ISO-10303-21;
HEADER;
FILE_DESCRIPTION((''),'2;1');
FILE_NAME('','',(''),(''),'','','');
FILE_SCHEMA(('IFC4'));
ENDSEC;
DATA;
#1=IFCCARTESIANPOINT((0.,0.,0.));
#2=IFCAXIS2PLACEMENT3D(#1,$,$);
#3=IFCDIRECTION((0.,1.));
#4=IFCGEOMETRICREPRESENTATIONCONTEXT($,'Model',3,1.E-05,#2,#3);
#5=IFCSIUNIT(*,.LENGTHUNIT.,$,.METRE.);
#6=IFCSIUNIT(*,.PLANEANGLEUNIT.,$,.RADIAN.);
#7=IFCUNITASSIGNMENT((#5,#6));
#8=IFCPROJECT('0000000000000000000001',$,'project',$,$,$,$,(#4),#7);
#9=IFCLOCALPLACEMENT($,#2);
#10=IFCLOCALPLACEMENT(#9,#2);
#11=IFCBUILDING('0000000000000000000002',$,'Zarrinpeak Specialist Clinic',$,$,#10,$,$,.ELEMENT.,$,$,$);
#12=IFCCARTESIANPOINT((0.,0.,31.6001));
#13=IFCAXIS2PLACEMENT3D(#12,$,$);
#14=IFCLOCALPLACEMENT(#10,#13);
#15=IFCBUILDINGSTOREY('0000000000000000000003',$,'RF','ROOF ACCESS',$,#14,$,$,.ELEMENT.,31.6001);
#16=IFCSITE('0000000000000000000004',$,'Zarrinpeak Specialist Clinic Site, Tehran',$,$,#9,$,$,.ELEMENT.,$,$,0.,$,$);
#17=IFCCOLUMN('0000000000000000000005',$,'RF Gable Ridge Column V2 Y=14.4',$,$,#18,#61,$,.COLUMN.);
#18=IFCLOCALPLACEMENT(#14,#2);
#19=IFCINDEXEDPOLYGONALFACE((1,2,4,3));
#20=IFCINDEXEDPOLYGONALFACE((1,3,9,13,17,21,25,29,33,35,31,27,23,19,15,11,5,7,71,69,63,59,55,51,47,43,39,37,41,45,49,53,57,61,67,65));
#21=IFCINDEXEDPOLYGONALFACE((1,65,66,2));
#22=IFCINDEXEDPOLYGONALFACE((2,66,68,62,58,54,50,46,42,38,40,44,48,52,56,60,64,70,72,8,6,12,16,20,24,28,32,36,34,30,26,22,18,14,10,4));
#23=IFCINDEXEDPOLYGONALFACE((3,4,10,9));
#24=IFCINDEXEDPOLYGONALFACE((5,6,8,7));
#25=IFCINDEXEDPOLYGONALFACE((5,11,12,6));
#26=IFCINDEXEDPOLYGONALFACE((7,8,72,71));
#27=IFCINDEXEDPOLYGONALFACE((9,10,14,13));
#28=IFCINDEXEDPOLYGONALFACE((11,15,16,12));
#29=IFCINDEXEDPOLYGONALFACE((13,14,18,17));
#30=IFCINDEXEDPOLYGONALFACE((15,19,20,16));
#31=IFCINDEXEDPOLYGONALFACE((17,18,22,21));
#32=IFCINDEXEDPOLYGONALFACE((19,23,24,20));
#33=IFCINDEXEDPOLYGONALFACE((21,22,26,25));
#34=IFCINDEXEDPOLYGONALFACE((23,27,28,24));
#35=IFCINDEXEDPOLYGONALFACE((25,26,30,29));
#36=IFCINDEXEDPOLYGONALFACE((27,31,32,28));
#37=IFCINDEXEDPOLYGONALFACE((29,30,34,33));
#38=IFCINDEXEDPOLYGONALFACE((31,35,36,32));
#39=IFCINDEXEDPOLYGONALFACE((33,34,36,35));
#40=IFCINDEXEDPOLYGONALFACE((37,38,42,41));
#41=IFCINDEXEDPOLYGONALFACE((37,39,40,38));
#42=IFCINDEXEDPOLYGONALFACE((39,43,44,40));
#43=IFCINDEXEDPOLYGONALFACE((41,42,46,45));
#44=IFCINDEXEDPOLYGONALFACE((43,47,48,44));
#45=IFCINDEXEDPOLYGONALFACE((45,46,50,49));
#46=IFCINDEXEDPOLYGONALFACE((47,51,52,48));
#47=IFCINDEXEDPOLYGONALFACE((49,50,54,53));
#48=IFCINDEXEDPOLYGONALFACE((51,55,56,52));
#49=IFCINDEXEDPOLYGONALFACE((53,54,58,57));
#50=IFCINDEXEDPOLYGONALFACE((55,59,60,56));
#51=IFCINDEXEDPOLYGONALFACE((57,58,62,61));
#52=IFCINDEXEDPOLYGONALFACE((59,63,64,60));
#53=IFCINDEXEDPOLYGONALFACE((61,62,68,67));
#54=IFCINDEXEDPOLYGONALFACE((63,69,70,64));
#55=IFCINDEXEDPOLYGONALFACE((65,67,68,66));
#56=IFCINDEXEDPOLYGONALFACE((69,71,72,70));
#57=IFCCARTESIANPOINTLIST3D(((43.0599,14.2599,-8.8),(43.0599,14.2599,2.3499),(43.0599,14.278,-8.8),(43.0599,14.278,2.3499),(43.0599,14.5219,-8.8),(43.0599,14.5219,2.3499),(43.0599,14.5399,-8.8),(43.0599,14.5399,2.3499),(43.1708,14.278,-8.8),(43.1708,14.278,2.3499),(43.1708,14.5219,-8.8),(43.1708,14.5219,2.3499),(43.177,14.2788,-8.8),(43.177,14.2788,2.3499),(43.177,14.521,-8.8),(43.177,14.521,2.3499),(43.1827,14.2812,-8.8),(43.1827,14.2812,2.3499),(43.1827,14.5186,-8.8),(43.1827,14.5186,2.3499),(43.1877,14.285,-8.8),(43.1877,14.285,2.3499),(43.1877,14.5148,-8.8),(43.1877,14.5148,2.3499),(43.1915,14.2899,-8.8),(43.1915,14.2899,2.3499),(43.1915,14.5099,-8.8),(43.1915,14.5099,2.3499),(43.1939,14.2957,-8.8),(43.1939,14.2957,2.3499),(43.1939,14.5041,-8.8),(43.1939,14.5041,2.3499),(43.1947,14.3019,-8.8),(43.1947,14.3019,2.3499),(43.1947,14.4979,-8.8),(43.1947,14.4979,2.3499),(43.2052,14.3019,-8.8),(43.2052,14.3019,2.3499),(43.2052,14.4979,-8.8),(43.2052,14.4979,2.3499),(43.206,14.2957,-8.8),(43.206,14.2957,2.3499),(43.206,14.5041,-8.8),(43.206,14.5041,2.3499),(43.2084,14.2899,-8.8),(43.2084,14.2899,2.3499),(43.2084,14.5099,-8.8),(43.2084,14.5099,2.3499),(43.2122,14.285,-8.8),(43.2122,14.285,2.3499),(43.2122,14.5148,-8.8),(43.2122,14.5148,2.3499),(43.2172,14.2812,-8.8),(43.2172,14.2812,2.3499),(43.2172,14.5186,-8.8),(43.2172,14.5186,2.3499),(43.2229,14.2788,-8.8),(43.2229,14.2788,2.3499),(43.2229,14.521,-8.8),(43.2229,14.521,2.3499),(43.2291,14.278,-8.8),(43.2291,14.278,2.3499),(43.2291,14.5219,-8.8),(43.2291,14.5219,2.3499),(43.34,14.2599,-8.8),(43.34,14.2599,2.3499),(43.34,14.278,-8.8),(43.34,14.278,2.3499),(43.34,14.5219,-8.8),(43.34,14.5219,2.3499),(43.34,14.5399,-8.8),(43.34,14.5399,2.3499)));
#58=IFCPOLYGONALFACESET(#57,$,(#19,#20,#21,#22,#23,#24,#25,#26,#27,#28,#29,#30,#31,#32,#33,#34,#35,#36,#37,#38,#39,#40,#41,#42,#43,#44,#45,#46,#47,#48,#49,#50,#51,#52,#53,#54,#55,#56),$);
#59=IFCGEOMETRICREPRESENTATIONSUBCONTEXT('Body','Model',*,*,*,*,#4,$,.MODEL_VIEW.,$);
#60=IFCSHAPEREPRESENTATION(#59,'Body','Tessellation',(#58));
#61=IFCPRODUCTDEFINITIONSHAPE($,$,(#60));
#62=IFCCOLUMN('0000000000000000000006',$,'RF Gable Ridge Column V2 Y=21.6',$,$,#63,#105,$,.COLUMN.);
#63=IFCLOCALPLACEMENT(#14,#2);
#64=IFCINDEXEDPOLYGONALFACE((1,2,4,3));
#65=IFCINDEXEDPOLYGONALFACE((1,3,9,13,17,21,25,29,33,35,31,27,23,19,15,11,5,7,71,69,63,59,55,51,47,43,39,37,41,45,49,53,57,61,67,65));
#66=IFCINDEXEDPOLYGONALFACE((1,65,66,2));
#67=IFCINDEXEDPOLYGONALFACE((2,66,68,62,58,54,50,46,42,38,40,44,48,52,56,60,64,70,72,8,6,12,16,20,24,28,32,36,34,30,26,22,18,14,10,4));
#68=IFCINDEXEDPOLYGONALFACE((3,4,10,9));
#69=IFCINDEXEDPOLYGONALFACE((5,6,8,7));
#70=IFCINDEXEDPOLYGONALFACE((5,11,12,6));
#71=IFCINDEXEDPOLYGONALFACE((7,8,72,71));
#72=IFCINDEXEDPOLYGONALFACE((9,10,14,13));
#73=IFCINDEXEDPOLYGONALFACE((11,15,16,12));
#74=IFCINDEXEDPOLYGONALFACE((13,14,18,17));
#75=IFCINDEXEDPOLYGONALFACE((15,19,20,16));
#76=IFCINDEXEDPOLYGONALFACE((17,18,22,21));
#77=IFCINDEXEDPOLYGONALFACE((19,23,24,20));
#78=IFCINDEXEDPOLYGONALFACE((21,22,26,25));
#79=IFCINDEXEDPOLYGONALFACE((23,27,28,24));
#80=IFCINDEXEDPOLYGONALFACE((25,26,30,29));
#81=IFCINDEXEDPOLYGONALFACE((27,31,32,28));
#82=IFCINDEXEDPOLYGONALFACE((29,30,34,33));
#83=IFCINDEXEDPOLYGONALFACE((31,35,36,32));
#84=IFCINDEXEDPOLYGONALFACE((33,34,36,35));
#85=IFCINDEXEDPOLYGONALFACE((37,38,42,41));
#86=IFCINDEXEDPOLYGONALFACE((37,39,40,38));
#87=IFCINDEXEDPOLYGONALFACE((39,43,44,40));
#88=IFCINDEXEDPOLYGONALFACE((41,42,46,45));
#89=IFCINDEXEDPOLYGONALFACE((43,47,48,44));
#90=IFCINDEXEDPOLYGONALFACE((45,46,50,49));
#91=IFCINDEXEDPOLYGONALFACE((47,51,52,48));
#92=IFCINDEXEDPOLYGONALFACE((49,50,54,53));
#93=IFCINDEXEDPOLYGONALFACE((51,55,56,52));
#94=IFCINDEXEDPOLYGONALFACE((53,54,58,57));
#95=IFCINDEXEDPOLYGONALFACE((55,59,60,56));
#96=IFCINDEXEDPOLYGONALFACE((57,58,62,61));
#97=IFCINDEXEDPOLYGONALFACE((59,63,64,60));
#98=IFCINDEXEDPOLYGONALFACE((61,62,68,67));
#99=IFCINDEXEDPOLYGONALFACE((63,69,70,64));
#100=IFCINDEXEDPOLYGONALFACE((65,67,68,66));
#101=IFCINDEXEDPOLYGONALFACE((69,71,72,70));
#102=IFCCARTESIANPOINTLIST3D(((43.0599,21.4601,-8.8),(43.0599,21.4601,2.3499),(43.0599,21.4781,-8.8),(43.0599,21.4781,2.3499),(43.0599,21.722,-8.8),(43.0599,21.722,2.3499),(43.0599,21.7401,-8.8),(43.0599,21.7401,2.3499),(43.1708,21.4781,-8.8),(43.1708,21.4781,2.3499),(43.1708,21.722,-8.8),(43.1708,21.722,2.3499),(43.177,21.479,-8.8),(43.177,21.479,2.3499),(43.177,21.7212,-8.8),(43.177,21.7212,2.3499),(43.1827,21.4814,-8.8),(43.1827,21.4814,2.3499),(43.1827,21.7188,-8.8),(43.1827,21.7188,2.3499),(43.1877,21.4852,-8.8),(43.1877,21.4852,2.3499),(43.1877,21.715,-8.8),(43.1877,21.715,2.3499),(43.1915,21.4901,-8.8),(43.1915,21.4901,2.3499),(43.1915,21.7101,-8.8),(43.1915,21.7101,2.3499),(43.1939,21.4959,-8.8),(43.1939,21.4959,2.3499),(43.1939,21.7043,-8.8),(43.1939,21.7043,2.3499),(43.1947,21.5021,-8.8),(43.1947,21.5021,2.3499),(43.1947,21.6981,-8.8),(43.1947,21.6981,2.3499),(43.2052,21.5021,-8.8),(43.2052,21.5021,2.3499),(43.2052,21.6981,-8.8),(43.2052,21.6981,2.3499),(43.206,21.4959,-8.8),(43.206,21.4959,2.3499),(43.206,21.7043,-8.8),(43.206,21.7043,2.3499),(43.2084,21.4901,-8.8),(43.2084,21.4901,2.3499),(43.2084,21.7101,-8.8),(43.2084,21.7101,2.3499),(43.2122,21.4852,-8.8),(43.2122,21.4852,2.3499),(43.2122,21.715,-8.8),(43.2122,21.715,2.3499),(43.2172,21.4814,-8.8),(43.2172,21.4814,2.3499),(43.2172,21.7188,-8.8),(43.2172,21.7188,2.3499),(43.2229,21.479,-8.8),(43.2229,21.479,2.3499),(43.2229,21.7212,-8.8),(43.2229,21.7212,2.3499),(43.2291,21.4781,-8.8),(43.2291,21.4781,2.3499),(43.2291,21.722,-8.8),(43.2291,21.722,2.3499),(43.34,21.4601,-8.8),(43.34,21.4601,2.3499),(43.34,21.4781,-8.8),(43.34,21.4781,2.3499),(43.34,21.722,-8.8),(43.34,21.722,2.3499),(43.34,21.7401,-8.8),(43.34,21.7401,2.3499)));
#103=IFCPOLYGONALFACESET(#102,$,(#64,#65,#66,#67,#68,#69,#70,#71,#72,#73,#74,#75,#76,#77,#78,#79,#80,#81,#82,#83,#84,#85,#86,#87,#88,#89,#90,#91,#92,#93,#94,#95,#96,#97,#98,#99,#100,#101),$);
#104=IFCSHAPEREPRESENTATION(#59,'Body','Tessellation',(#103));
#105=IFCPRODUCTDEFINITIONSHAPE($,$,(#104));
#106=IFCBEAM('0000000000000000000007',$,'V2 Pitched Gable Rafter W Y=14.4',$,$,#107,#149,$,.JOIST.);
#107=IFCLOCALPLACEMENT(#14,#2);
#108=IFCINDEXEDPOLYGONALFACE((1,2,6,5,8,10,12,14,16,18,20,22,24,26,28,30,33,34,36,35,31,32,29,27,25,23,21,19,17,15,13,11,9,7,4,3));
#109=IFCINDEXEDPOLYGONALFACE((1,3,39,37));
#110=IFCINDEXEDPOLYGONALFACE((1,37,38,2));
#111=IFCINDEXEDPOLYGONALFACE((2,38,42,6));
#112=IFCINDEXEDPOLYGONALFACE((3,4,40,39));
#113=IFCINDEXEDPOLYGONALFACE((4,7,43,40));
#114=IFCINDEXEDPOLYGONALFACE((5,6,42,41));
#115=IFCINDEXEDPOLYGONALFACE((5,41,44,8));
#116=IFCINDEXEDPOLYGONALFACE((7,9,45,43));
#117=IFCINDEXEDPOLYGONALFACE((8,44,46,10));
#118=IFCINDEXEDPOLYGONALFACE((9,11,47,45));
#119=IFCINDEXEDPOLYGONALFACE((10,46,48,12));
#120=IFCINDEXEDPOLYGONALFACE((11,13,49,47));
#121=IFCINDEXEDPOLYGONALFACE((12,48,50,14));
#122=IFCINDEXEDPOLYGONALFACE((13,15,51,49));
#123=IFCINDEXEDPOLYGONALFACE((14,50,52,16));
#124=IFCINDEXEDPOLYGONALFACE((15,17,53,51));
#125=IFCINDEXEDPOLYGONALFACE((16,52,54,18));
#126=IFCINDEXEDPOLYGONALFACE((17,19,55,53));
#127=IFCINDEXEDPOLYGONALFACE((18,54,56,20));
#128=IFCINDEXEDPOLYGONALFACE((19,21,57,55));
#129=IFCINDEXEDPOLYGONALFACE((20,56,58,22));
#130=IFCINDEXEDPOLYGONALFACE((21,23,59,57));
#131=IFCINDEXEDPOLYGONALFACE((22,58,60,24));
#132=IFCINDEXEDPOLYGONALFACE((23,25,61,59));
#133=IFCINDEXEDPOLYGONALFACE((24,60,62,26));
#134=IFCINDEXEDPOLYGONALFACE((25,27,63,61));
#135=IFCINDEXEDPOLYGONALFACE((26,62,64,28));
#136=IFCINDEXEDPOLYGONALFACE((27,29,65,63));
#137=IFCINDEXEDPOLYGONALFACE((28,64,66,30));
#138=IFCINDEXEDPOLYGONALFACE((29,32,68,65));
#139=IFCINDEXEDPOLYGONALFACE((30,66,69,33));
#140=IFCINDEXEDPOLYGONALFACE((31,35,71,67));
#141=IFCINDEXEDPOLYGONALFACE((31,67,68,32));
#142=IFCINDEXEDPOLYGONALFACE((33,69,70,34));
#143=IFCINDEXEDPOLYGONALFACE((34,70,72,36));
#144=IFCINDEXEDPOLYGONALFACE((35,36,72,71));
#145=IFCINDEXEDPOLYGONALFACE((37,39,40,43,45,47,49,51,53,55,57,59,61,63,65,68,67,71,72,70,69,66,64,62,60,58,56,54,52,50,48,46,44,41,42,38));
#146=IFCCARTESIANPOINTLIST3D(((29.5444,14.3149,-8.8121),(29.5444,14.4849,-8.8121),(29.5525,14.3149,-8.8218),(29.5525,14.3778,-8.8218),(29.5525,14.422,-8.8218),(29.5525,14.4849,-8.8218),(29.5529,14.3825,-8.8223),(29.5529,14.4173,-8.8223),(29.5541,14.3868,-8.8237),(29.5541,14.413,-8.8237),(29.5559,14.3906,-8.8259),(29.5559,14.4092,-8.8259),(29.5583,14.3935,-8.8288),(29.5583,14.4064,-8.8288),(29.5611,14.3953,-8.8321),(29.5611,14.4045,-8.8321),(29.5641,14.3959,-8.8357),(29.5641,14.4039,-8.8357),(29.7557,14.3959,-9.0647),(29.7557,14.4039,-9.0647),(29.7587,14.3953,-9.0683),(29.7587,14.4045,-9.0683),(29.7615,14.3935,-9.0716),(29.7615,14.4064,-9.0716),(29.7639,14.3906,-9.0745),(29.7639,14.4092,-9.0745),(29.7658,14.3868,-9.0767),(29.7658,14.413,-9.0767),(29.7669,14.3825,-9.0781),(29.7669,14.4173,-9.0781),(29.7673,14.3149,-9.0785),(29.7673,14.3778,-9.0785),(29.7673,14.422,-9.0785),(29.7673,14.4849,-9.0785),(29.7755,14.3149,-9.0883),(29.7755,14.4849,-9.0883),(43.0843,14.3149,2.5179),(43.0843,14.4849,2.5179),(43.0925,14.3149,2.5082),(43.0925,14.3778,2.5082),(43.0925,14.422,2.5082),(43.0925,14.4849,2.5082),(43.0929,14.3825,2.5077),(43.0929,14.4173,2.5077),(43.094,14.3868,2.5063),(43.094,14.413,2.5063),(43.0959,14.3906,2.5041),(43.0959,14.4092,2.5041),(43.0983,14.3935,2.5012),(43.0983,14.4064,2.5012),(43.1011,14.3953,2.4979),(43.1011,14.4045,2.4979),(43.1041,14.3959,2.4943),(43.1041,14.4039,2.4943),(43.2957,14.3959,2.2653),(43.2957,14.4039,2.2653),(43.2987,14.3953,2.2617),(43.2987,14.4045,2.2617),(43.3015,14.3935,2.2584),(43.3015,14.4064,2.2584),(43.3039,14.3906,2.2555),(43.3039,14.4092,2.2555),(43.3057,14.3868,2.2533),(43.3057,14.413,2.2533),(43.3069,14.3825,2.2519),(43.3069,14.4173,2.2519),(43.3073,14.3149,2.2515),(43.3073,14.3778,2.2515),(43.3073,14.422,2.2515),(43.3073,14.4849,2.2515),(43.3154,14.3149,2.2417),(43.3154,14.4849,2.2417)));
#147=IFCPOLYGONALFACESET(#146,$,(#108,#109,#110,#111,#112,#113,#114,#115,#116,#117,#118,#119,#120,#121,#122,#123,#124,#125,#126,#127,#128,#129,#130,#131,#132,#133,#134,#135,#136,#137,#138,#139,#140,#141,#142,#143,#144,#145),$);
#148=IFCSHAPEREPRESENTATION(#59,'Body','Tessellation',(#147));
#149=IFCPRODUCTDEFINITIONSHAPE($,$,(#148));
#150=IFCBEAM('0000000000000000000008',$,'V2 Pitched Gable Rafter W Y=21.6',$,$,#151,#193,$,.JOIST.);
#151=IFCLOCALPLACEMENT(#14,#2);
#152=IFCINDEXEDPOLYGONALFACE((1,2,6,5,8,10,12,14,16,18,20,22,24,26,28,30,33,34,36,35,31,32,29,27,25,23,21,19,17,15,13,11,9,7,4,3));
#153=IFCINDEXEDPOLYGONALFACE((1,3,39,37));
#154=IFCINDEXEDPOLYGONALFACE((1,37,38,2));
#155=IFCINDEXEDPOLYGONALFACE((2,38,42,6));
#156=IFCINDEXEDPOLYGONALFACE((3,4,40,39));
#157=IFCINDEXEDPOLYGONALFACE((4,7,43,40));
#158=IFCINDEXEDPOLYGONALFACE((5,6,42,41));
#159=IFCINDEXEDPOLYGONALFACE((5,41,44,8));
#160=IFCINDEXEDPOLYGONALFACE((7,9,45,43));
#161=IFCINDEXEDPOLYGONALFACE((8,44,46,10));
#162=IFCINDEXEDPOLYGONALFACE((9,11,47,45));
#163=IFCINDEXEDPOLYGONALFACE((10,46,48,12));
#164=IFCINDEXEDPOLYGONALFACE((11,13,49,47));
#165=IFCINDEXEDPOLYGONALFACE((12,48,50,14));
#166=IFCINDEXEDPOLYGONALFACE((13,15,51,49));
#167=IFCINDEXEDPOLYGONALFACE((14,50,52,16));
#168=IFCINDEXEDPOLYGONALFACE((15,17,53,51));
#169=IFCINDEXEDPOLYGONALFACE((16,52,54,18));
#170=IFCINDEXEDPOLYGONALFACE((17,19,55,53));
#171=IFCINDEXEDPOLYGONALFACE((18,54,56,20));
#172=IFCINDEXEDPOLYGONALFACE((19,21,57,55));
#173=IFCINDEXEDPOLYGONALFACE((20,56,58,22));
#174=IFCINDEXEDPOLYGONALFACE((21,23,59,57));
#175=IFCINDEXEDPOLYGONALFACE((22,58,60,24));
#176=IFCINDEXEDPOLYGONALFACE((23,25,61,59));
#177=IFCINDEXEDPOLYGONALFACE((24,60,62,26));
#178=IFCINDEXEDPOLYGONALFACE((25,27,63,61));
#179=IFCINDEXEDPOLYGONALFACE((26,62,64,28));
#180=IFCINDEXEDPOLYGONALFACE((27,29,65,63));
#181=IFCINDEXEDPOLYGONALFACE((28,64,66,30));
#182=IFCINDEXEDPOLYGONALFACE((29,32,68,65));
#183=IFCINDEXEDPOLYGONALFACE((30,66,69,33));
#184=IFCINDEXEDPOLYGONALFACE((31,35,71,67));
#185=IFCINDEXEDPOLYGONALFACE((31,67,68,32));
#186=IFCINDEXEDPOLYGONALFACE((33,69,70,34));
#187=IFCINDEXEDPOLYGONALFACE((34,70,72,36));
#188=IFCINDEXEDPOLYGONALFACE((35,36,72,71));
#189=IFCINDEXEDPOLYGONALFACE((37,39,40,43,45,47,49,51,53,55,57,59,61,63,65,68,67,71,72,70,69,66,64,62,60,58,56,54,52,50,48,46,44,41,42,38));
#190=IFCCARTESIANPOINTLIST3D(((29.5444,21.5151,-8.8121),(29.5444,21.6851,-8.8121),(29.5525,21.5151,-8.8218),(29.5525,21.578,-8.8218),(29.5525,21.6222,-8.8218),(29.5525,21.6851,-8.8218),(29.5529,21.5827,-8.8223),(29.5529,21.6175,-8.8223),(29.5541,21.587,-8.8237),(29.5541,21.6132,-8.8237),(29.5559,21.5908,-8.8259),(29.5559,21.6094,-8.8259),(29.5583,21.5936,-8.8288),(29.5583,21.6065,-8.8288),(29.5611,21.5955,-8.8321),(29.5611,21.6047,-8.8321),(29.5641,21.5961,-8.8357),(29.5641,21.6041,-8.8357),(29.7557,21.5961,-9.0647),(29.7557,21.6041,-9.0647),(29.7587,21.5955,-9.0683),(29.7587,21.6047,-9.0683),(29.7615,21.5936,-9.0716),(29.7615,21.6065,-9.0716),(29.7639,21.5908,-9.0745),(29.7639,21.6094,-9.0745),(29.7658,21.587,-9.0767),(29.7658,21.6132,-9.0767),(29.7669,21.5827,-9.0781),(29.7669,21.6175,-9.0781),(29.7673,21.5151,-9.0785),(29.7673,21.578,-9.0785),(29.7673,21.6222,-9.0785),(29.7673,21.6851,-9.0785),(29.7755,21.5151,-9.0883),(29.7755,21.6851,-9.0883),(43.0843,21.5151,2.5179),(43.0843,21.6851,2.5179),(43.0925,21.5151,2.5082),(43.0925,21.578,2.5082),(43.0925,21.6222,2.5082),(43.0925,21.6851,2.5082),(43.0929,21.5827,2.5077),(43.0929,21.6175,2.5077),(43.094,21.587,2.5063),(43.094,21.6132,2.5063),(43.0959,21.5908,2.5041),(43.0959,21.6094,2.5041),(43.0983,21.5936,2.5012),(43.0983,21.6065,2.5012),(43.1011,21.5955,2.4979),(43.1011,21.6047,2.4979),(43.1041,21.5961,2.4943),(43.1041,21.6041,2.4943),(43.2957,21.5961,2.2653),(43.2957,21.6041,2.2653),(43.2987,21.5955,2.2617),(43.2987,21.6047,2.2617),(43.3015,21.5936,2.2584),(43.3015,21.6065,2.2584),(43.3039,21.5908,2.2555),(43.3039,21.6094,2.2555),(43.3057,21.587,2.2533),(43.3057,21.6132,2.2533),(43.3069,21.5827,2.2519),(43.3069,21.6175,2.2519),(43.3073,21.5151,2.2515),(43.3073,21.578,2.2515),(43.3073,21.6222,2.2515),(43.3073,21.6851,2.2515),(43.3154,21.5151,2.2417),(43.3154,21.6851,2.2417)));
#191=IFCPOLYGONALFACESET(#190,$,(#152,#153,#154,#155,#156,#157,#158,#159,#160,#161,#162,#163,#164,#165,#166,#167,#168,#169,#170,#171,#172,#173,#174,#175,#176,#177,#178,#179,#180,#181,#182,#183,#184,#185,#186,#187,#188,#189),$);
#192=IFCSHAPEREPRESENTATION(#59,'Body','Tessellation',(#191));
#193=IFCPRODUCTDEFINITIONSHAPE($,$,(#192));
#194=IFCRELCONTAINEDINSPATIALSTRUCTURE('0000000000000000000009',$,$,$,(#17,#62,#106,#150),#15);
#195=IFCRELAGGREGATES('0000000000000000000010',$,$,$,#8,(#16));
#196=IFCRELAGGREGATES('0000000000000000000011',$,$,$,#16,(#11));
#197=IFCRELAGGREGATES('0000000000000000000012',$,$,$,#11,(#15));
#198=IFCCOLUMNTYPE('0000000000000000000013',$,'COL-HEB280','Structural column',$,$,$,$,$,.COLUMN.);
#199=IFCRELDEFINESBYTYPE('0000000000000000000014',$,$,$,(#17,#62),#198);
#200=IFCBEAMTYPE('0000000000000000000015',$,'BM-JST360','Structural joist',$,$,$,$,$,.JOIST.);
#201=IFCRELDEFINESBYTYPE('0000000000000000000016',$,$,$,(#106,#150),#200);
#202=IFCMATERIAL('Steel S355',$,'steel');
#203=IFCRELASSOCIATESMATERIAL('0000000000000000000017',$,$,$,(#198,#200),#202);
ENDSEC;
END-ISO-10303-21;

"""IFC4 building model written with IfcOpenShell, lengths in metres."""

from ifc_helpers import new_model, si_unit, direction, frame, origin, origin_2d, place, context, subcontext, project, spatial, i_section, extrude, material, material_profile, profile_set, type_object, element, save


model = new_model("IFC4")

# Units and contexts
model_context = context("Model", 3, precision=1e-05, world=origin(), true_north=direction((0.0, 1.0)))
body_context = subcontext(model_context, "Body", "Model", "MODEL_VIEW")
ifc_project = project(units=[si_unit("LENGTHUNIT", "METRE"), si_unit("PLANEANGLEUNIT", "RADIAN")], contexts=[model_context])

# Site, building, storey
site_placement = place(None, origin())
site = spatial("IfcSite", under=ifc_project, at=site_placement, Name="Zarrinpeak Specialist Clinic Site, Tehran", CompositionType="ELEMENT", RefElevation=0.0)
building_placement = place(site_placement, origin())
building = spatial("IfcBuilding", under=site, at=building_placement, Name="Zarrinpeak Specialist Clinic", CompositionType="ELEMENT")
storey_placement = place(building_placement, frame((0.0, 0.0, 31.6001)))
storey = spatial("IfcBuildingStorey", under=building, at=storey_placement, Name="RF", Description="ROOF ACCESS", CompositionType="ELEMENT", Elevation=31.6001)

# Columns
ifc_material_1 = material(Name="Steel S355", Category="steel")
ifc_material_profile_1 = material_profile(ifc_material_1, i_section(OverallWidth=0.28, OverallDepth=0.28, WebThickness=0.0105, FlangeThickness=0.0181, FilletRadius=0.0239, at=origin_2d()), Name="HEB 280")
ifc_profile_set_1 = profile_set([ifc_material_profile_1], Name="Steel S355")
column_type = type_object("IfcColumnType", Name="COL-HEB280", Description="Structural column", PredefinedType="COLUMN", material=ifc_profile_set_1)
for number, where, z_axis, x_axis, name in (
    (1, (43.2, 14.3999, -8.8), (0.0, 0.0, 1.0), (1.0, 0.0, 0.0), "RF Gable Ridge Column V2 Y=14.4"),
    (2, (43.2, 21.6001, -8.8), (0.0, 0.0, 1.0), (1.0, 0.0, 0.0), "RF Gable Ridge Column V2 Y=21.6"),
):
    element("IfcColumn", number, at=place(storey_placement, frame(where, z_axis=z_axis, x_axis=x_axis)), inside=storey, type_object=column_type, Name=name, PredefinedType="COLUMN", context=body_context, shape_type="SweptSolid", body=[
        extrude(i_section(OverallWidth=0.28, OverallDepth=0.28, WebThickness=0.0105, FlangeThickness=0.0181, FilletRadius=0.0239, at=origin_2d()), origin(), (0.0, 0.0, 1.0), 11.1499),
    ])

# Beams
ifc_material_profile_2 = material_profile(ifc_material_1, i_section(OverallWidth=0.1699, OverallDepth=0.3601, WebThickness=0.0081, FlangeThickness=0.0127, FilletRadius=0.0181, at=origin_2d()), Name="IPE 360")
ifc_profile_set_2 = profile_set([ifc_material_profile_2], Name="Steel S355")
beam_type_1 = type_object("IfcBeamType", Name="BM-JST360", Description="Structural joist", PredefinedType="JOIST", material=ifc_profile_set_2)
for number, where, z_axis, x_axis, name in (
    (3, (29.6599, 14.3999, -8.9502), (0.766918, 0.0, 0.641745), (0.0, 1.0, 0.0), "V2 Pitched Gable Rafter W Y=14.4"),
    (4, (29.6599, 21.6001, -8.9502), (0.766918, 0.0, 0.641745), (0.0, 1.0, 0.0), "V2 Pitched Gable Rafter W Y=21.6"),
):
    element("IfcBeam", number, at=place(storey_placement, frame(where, z_axis=z_axis, x_axis=x_axis)), inside=storey, type_object=beam_type_1, Name=name, PredefinedType="JOIST", context=body_context, shape_type="SweptSolid", body=[
        extrude(i_section(OverallWidth=0.1699, OverallDepth=0.3601, WebThickness=0.0081, FlangeThickness=0.0127, FilletRadius=0.0181, at=origin_2d()), origin(), (0.0, 0.0, 1.0), 17.655),
    ])

save(model, "model.ifc")
